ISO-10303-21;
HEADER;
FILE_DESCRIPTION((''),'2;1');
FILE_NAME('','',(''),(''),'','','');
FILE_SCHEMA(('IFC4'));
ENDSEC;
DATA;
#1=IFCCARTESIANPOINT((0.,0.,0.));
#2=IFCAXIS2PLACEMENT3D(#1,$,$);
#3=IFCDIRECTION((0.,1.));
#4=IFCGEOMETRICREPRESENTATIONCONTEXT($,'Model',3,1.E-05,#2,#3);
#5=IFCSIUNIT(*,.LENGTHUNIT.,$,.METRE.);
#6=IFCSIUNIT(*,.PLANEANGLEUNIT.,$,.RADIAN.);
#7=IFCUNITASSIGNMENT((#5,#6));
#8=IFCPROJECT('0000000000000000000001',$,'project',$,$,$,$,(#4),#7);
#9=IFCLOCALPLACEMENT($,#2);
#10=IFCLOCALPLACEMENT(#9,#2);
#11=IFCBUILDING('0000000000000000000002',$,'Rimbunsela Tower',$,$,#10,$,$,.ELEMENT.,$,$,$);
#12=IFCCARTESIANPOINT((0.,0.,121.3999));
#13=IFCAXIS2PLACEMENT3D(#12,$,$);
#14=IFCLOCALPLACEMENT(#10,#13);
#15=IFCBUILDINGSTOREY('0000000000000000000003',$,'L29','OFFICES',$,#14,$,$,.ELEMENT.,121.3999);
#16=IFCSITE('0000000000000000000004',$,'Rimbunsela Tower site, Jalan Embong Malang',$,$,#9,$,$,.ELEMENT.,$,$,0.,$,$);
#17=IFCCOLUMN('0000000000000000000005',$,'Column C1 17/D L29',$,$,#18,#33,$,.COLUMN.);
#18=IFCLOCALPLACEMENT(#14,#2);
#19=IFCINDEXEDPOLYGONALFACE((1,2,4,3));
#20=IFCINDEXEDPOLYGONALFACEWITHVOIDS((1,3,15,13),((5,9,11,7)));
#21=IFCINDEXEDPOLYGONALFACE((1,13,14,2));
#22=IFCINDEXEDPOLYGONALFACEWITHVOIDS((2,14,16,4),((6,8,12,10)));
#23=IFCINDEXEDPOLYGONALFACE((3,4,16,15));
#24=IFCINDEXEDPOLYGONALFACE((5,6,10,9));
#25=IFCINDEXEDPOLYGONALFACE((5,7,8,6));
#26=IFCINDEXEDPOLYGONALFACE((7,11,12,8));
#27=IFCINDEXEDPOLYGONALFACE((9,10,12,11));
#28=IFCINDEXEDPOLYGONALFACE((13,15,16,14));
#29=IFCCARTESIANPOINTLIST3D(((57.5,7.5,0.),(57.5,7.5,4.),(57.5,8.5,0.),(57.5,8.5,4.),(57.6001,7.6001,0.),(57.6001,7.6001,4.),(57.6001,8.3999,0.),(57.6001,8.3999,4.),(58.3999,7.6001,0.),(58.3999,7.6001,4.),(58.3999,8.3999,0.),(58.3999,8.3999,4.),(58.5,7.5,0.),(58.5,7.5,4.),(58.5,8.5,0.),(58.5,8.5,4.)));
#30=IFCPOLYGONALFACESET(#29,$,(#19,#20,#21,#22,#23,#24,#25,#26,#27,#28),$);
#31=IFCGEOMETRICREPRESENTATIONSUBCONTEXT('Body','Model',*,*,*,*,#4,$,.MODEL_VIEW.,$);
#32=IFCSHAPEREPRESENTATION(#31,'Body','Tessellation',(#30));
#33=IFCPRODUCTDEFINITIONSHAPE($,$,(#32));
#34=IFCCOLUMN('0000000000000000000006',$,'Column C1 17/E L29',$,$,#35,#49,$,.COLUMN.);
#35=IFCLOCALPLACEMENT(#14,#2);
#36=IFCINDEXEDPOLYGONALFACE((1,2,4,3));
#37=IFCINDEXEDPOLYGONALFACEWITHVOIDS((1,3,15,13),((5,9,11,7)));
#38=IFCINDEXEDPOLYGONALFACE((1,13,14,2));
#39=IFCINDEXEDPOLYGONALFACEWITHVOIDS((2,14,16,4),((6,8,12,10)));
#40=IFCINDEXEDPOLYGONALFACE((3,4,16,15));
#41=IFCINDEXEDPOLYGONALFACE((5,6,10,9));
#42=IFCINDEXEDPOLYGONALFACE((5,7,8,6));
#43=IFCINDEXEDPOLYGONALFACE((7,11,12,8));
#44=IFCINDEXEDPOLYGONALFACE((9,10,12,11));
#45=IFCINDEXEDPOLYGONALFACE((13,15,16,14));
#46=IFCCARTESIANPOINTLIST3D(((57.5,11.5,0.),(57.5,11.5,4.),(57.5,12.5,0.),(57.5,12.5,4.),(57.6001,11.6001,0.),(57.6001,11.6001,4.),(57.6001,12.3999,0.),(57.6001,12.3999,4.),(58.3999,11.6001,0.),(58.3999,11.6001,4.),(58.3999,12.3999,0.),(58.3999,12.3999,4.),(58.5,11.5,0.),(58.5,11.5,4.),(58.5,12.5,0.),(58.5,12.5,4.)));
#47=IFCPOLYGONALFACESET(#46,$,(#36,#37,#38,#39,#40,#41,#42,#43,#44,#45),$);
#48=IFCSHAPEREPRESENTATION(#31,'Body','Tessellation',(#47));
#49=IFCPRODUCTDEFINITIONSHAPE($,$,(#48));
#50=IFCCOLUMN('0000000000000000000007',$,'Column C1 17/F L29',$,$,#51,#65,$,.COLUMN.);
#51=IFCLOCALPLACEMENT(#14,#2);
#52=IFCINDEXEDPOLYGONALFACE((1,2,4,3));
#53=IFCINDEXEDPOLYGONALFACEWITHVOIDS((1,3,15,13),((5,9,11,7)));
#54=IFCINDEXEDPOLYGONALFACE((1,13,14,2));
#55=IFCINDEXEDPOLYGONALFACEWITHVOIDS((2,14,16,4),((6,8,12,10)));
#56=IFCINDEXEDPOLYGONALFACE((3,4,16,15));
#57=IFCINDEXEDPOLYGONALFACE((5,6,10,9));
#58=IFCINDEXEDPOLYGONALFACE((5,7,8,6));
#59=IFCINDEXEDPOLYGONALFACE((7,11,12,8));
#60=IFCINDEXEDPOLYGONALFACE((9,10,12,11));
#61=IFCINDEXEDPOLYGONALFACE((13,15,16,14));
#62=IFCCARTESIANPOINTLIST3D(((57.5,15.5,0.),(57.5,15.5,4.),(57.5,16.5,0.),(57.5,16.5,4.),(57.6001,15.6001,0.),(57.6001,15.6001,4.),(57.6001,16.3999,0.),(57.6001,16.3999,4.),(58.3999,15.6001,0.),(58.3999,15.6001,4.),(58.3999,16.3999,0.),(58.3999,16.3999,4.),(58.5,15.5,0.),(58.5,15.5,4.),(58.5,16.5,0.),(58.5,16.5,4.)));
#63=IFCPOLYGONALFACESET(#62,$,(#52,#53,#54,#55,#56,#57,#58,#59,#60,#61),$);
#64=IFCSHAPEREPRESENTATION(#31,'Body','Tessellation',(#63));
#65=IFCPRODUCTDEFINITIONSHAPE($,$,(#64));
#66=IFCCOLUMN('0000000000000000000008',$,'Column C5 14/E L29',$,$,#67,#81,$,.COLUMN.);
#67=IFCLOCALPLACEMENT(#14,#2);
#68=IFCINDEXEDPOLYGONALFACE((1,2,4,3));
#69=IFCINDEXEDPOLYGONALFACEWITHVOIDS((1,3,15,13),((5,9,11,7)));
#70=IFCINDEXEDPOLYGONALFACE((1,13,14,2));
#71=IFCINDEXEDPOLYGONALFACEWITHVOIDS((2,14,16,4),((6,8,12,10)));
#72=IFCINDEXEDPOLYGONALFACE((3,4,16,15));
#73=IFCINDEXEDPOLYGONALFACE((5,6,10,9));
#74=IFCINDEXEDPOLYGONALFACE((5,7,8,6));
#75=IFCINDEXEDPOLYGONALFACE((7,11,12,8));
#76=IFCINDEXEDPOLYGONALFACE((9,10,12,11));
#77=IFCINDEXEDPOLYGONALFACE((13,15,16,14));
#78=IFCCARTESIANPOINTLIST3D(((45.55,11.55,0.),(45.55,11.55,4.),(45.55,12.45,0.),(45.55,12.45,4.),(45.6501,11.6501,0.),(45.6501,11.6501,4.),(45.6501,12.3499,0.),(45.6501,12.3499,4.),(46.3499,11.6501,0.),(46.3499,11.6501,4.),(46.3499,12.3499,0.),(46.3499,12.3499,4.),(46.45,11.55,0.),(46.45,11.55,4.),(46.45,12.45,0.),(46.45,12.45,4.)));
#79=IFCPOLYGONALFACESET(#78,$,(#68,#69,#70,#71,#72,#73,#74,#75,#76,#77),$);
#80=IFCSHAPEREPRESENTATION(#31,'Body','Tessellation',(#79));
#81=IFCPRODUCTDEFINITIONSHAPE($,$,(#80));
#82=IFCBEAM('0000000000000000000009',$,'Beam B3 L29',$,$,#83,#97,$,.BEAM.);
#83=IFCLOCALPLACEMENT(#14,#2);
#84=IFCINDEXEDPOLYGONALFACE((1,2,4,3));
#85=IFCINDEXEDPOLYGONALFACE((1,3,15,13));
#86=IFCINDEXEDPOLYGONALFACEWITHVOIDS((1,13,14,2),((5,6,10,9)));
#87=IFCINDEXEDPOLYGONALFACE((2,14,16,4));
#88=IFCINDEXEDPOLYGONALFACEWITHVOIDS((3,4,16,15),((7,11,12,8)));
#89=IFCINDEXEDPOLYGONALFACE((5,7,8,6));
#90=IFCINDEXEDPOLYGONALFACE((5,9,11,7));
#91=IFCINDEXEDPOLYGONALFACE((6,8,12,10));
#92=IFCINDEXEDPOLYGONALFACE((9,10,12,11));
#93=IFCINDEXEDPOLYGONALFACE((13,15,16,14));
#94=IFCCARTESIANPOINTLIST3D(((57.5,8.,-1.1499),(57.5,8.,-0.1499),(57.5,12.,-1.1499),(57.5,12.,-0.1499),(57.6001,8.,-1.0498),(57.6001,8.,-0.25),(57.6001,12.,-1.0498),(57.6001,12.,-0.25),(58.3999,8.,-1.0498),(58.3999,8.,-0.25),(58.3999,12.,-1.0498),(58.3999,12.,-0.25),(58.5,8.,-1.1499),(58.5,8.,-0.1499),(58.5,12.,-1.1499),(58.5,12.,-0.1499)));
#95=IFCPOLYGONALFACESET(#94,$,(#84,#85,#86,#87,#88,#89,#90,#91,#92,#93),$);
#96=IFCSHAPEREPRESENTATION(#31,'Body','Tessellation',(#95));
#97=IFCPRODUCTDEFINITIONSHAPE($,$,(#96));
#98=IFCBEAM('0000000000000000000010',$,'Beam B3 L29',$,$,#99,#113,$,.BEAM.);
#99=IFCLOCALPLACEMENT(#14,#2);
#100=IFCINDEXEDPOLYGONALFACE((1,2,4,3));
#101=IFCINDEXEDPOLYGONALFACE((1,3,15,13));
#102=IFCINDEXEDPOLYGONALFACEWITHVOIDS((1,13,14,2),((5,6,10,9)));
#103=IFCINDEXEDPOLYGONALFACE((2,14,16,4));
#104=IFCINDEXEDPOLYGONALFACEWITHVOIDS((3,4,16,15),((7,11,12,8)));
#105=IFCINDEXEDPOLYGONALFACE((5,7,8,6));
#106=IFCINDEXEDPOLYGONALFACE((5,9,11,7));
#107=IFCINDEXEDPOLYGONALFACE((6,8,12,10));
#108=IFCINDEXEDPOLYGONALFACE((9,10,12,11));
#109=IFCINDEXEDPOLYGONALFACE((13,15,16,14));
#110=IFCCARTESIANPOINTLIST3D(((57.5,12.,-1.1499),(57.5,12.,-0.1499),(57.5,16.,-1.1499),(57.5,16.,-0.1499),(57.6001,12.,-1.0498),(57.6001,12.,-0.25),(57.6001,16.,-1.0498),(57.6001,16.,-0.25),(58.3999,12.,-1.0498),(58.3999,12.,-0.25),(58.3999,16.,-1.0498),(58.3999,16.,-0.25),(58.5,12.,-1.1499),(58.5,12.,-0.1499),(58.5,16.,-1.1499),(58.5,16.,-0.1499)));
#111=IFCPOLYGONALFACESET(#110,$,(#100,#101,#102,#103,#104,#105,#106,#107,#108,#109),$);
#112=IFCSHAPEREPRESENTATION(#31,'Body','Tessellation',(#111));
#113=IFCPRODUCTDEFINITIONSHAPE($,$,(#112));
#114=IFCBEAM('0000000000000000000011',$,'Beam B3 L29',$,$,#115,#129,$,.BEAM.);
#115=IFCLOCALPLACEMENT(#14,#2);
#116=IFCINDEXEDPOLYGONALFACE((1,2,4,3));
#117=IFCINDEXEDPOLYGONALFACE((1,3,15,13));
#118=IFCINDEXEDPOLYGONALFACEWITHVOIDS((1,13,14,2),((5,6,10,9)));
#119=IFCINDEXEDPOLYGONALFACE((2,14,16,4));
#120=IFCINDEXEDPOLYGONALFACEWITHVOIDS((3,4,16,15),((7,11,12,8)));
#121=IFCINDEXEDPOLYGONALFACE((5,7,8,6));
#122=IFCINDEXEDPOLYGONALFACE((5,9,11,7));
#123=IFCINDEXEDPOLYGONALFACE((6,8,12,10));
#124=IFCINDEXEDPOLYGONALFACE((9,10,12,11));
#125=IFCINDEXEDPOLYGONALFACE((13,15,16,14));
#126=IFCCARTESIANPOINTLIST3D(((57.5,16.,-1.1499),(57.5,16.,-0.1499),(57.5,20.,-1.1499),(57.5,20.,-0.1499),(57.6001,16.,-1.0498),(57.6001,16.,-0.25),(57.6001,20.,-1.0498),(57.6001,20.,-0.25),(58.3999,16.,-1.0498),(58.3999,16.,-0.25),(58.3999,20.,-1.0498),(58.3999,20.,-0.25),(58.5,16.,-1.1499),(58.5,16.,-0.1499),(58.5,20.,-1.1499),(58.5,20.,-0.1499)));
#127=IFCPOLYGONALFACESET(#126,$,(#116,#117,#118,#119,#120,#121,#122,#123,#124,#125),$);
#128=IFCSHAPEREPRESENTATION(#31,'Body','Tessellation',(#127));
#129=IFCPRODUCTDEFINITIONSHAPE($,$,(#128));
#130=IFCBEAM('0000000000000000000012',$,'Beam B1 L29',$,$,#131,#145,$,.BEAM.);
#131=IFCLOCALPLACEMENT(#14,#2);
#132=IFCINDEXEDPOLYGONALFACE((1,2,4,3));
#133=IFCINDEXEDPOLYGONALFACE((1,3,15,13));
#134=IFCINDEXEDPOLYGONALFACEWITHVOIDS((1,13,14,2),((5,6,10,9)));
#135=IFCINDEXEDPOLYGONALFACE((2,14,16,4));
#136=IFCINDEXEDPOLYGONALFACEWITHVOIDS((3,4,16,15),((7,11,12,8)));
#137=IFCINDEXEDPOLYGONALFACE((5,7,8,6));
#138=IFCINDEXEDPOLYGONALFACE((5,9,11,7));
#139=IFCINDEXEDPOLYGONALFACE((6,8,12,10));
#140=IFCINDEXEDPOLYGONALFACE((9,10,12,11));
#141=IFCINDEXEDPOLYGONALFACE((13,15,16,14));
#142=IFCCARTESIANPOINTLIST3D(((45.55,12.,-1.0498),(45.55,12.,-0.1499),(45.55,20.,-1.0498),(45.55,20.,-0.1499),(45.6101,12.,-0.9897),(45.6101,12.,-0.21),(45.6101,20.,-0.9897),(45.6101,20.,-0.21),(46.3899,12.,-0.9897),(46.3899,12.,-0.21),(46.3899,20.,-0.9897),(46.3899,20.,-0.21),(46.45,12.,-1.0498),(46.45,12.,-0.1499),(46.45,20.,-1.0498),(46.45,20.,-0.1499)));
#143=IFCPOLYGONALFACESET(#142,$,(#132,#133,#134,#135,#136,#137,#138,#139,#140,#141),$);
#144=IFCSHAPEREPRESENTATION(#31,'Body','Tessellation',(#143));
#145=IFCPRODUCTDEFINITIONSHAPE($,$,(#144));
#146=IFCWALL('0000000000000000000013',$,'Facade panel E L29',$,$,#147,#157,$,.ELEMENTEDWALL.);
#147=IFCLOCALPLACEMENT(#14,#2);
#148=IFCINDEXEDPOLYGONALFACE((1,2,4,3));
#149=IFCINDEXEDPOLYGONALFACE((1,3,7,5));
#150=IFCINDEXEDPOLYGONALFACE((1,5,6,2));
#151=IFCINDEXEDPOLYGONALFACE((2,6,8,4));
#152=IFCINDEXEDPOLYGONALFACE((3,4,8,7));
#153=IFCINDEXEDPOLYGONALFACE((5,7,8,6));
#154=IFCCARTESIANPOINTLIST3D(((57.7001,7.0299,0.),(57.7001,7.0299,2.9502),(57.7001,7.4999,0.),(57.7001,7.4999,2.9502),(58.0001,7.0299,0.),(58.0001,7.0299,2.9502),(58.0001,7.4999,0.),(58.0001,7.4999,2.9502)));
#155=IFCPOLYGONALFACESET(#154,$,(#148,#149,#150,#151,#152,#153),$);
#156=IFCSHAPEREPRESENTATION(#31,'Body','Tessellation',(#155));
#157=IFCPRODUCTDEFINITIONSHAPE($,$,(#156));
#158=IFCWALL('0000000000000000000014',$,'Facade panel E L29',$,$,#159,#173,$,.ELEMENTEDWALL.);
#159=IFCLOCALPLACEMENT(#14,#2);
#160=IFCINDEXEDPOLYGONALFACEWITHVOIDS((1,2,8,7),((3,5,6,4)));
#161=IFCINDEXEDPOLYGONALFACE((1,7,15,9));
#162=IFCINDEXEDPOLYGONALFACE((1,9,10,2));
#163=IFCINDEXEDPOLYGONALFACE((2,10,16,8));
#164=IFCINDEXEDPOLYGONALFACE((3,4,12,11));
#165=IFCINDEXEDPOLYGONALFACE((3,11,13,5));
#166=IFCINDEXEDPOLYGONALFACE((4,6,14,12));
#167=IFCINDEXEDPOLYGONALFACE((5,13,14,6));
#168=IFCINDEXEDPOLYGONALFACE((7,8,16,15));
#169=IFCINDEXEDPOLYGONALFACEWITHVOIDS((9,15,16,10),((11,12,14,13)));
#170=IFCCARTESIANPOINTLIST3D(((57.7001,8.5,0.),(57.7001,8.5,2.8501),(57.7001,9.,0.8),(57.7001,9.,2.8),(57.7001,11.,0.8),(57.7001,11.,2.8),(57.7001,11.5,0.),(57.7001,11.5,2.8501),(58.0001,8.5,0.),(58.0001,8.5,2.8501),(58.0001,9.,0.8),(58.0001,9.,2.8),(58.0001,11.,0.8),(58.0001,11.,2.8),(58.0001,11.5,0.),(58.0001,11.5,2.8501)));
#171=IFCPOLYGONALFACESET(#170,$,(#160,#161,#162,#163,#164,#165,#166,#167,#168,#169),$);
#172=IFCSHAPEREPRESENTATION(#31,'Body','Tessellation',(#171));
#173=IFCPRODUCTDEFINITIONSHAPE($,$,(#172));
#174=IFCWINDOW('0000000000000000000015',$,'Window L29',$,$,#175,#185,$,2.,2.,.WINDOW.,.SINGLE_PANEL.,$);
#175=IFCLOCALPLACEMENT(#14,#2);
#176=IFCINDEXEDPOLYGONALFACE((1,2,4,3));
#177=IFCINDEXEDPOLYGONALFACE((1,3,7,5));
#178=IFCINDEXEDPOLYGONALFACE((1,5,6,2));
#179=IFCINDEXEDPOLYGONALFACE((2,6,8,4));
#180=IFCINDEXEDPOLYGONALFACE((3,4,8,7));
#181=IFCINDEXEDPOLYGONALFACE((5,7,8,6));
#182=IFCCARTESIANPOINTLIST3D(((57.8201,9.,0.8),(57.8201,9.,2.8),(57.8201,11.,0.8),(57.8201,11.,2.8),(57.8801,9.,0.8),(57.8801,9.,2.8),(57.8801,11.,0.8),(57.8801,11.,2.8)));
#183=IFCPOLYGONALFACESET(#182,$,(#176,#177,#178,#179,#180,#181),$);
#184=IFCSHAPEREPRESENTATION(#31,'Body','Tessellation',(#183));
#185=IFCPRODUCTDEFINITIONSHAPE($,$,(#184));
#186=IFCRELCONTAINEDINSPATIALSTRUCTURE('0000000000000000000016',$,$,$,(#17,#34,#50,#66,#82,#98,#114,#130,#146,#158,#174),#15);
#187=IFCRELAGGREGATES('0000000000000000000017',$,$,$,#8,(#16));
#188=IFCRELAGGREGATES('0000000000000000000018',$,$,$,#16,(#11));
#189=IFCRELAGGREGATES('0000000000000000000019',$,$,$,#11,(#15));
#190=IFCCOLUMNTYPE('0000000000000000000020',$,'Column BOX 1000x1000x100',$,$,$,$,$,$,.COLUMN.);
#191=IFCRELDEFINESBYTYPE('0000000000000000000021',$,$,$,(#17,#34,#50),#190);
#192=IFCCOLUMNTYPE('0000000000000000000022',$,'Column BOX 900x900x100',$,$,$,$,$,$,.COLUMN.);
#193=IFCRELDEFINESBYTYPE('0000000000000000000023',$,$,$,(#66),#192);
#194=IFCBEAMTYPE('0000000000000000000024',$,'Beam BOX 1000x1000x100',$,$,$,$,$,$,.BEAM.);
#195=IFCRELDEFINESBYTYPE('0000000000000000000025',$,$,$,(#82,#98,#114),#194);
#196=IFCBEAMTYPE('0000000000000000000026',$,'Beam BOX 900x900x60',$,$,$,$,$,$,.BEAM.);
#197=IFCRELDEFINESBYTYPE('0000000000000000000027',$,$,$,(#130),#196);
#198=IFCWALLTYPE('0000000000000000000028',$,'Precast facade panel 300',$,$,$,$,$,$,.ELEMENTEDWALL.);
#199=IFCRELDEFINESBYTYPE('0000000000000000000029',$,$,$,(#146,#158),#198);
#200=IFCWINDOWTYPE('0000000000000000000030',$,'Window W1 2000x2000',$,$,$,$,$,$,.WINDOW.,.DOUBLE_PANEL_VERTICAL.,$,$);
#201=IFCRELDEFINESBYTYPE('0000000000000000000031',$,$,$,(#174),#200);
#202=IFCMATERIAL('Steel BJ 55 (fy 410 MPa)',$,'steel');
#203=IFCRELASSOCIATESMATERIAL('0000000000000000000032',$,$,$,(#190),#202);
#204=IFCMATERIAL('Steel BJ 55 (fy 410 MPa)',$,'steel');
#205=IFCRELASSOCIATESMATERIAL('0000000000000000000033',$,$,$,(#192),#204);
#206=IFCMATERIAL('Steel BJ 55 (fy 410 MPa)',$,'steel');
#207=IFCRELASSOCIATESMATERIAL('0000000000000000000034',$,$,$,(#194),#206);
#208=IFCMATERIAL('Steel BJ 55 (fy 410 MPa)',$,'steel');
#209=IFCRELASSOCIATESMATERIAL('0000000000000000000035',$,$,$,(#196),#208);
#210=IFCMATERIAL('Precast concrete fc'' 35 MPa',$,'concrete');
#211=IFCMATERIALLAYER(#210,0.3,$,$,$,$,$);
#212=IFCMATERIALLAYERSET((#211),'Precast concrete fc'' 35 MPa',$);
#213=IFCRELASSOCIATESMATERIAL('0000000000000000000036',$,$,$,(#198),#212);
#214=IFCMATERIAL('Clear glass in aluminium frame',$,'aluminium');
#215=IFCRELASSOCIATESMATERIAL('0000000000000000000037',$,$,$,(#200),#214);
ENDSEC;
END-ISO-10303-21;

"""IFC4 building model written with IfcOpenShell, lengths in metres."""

from ifc_helpers import new_model, si_unit, direction, frame, frame_2d, origin, origin_2d, place, context, subcontext, project, spatial, rectangle, hollow_rectangle, extrude, material, layer, layer_set, material_profile, profile_set, type_object, element, fill, save


model = new_model("IFC4")

# Units and contexts
model_context = context("Model", 3, precision=1e-05, world=origin(), true_north=direction((0.0, 1.0)))
body_context = subcontext(model_context, "Body", "Model", "MODEL_VIEW")
ifc_project = project(units=[si_unit("LENGTHUNIT", "METRE"), si_unit("PLANEANGLEUNIT", "RADIAN")], contexts=[model_context])

# Site, building, storey
site_placement = place(None, origin())
site = spatial("IfcSite", under=ifc_project, at=site_placement, Name="Rimbunsela Tower site, Jalan Embong Malang", CompositionType="ELEMENT", RefElevation=0.0)
building_placement = place(site_placement, origin())
building = spatial("IfcBuilding", under=site, at=building_placement, Name="Rimbunsela Tower", CompositionType="ELEMENT")
storey_placement = place(building_placement, frame((0.0, 0.0, 121.3999)))
storey = spatial("IfcBuildingStorey", under=building, at=storey_placement, Name="L29", Description="OFFICES", CompositionType="ELEMENT", Elevation=121.3999)

# Columns
ifc_material_1 = material(Name="Steel BJ 55 (fy 410 MPa)", Category="steel")
ifc_material_profile_1 = material_profile(ifc_material_1, hollow_rectangle(XDim=1.0, YDim=1.0, WallThickness=0.1001, at=origin_2d()), Name="BOX 1000x1000x100")
ifc_profile_set_1 = profile_set([ifc_material_profile_1], Name="Steel BJ 55 (fy 410 MPa)")
column_type_1 = type_object("IfcColumnType", Name="Column BOX 1000x1000x100", PredefinedType="COLUMN", material=ifc_profile_set_1)
for number, where, z_axis, x_axis, name in (
    (1, (58.0, 8.0, 0.0), (0.0, 0.0, 1.0), (1.0, 0.0, 0.0), "Column C1 17/D L29"),
    (2, (58.0, 12.0, 0.0), (0.0, 0.0, 1.0), (1.0, 0.0, 0.0), "Column C1 17/E L29"),
    (3, (58.0, 16.0, 0.0), (0.0, 0.0, 1.0), (1.0, 0.0, 0.0), "Column C1 17/F L29"),
):
    element("IfcColumn", number, at=place(storey_placement, frame(where, z_axis=z_axis, x_axis=x_axis)), inside=storey, type_object=column_type_1, Name=name, PredefinedType="COLUMN", context=body_context, shape_type="SweptSolid", body=[
        extrude(hollow_rectangle(XDim=1.0, YDim=1.0, WallThickness=0.1001, at=origin_2d()), origin(), (0.0, 0.0, 1.0), 4.0),
    ])
ifc_material_2 = material(Name="Steel BJ 55 (fy 410 MPa)", Category="steel")
ifc_material_profile_2 = material_profile(ifc_material_2, hollow_rectangle(XDim=0.8999, YDim=0.8999, WallThickness=0.1001, at=origin_2d()), Name="BOX 900x900x100")
ifc_profile_set_2 = profile_set([ifc_material_profile_2], Name="Steel BJ 55 (fy 410 MPa)")
column_type_2 = type_object("IfcColumnType", Name="Column BOX 900x900x100", PredefinedType="COLUMN", material=ifc_profile_set_2)
column_placement = place(storey_placement, frame((46.0, 12.0, 0.0), z_axis=(0.0, 0.0, 1.0), x_axis=(1.0, 0.0, 0.0)))
element("IfcColumn", 4, at=column_placement, inside=storey, type_object=column_type_2, Name="Column C5 14/E L29", PredefinedType="COLUMN", context=body_context, shape_type="SweptSolid", body=[
    extrude(hollow_rectangle(XDim=0.8999, YDim=0.8999, WallThickness=0.1001, at=origin_2d()), origin(), (0.0, 0.0, 1.0), 4.0),
])

# Beams
ifc_material_3 = material(Name="Steel BJ 55 (fy 410 MPa)", Category="steel")
ifc_material_profile_3 = material_profile(ifc_material_3, hollow_rectangle(XDim=1.0, YDim=1.0, WallThickness=0.1001, at=origin_2d()), Name="BOX 1000x1000x100")
ifc_profile_set_3 = profile_set([ifc_material_profile_3], Name="Steel BJ 55 (fy 410 MPa)")
beam_type_1 = type_object("IfcBeamType", Name="Beam BOX 1000x1000x100", PredefinedType="BEAM", material=ifc_profile_set_3)
for number, where, z_axis, x_axis, name in (
    (5, (58.0, 8.0, -0.6499), (0.0, 1.0, 0.0), (-1.0, 0.0, 0.0), "Beam B3 L29"),
    (6, (58.0, 12.0, -0.6499), (0.0, 1.0, 0.0), (-1.0, 0.0, 0.0), "Beam B3 L29"),
    (7, (58.0, 16.0, -0.6499), (0.0, 1.0, 0.0), (-1.0, 0.0, 0.0), "Beam B3 L29"),
):
    element("IfcBeam", number, at=place(storey_placement, frame(where, z_axis=z_axis, x_axis=x_axis)), inside=storey, type_object=beam_type_1, Name=name, PredefinedType="BEAM", context=body_context, shape_type="SweptSolid", body=[
        extrude(hollow_rectangle(XDim=1.0, YDim=1.0, WallThickness=0.1001, at=origin_2d()), origin(), (0.0, 0.0, 1.0), 4.0),
    ])
ifc_material_4 = material(Name="Steel BJ 55 (fy 410 MPa)", Category="steel")
ifc_material_profile_4 = material_profile(ifc_material_4, hollow_rectangle(XDim=0.8999, YDim=0.8999, WallThickness=0.0601, at=origin_2d()), Name="BOX 900x900x60")
ifc_profile_set_4 = profile_set([ifc_material_profile_4], Name="Steel BJ 55 (fy 410 MPa)")
beam_type_2 = type_object("IfcBeamType", Name="Beam BOX 900x900x60", PredefinedType="BEAM", material=ifc_profile_set_4)
beam_placement = place(storey_placement, frame((46.0, 12.0, -0.5999), z_axis=(0.0, 1.0, 0.0), x_axis=(-1.0, 0.0, 0.0)))
element("IfcBeam", 8, at=beam_placement, inside=storey, type_object=beam_type_2, Name="Beam B1 L29", PredefinedType="BEAM", context=body_context, shape_type="SweptSolid", body=[
    extrude(hollow_rectangle(XDim=0.8999, YDim=0.8999, WallThickness=0.0601, at=origin_2d()), origin(), (0.0, 0.0, 1.0), 8.0),
])

# Wall
ifc_material_5 = material(Name="Precast concrete fc' 35 MPa", Category="concrete")
ifc_layer_1 = layer(ifc_material_5, 0.3)
ifc_layer_set_1 = layer_set([ifc_layer_1], Name="Precast concrete fc' 35 MPa")
wall_type = type_object("IfcWallType", Name="Precast facade panel 300", PredefinedType="ELEMENTEDWALL", material=ifc_layer_set_1)
wall_1_placement = place(storey_placement, frame((57.8501, 7.03, 0.0), z_axis=(0.0, 0.0, 1.0), x_axis=(0.0, 1.0, 0.0)))
element("IfcWall", 9, at=wall_1_placement, inside=storey, type_object=wall_type, Name="Facade panel E L29", PredefinedType="ELEMENTEDWALL", context=body_context, shape_type="SweptSolid", body=[
    extrude(rectangle(XDim=0.47, YDim=0.3, at=frame_2d((0.2349, 0.0))), origin(), (0.0, 0.0, 1.0), 2.9502),
])

# Wall, opening, window
wall_2_placement = place(storey_placement, frame((57.8501, 8.5, 0.0), z_axis=(0.0, 0.0, 1.0), x_axis=(0.0, 1.0, 0.0)))
wall_2 = element("IfcWall", 10, at=wall_2_placement, inside=storey, type_object=wall_type, Name="Facade panel E L29", PredefinedType="ELEMENTEDWALL", context=body_context, shape_type="SweptSolid", body=[
    extrude(rectangle(XDim=3.0, YDim=0.3, at=frame_2d((1.5, 0.0))), origin(), (0.0, 0.0, 1.0), 2.8501),
])
opening_1_placement = place(wall_2_placement, frame((0.5, 0.0, 0.8)))
opening_1 = element("IfcOpeningElement", 11, at=opening_1_placement, cuts=wall_2, PredefinedType="OPENING", context=body_context, shape_type="SweptSolid", body=[
    extrude(rectangle(XDim=2.0, YDim=2.0, at=frame_2d((1.0, 1.0))), frame((0.0, 0.1599, 0.0), z_axis=(0.0, -1.0, 0.0), x_axis=(1.0, 0.0, 0.0)), (0.0, 0.0, 1.0), 0.3201),
])
ifc_material_6 = material(Name="Clear glass in aluminium frame", Category="aluminium")
window_type = type_object("IfcWindowType", Name="Window W1 2000x2000", PartitioningType="DOUBLE_PANEL_VERTICAL", PredefinedType="WINDOW", material=ifc_material_6)
window_1_placement = place(opening_1_placement, origin())
window_1 = element("IfcWindow", 12, at=window_1_placement, inside=storey, type_object=window_type, Name="Window L29", OverallHeight=2.0, OverallWidth=2.0, PartitioningType="SINGLE_PANEL", PredefinedType="WINDOW", context=body_context, shape_type="SweptSolid", body=[
    extrude(rectangle(XDim=2.0, YDim=2.0, at=frame_2d((1.0, 1.0))), frame((0.0, 0.03, 0.0), z_axis=(0.0, -1.0, 0.0), x_axis=(1.0, 0.0, 0.0)), (0.0, 0.0, 1.0), 0.0601),
])
fill(opening_1, window_1)

save(model, "model.ifc")
